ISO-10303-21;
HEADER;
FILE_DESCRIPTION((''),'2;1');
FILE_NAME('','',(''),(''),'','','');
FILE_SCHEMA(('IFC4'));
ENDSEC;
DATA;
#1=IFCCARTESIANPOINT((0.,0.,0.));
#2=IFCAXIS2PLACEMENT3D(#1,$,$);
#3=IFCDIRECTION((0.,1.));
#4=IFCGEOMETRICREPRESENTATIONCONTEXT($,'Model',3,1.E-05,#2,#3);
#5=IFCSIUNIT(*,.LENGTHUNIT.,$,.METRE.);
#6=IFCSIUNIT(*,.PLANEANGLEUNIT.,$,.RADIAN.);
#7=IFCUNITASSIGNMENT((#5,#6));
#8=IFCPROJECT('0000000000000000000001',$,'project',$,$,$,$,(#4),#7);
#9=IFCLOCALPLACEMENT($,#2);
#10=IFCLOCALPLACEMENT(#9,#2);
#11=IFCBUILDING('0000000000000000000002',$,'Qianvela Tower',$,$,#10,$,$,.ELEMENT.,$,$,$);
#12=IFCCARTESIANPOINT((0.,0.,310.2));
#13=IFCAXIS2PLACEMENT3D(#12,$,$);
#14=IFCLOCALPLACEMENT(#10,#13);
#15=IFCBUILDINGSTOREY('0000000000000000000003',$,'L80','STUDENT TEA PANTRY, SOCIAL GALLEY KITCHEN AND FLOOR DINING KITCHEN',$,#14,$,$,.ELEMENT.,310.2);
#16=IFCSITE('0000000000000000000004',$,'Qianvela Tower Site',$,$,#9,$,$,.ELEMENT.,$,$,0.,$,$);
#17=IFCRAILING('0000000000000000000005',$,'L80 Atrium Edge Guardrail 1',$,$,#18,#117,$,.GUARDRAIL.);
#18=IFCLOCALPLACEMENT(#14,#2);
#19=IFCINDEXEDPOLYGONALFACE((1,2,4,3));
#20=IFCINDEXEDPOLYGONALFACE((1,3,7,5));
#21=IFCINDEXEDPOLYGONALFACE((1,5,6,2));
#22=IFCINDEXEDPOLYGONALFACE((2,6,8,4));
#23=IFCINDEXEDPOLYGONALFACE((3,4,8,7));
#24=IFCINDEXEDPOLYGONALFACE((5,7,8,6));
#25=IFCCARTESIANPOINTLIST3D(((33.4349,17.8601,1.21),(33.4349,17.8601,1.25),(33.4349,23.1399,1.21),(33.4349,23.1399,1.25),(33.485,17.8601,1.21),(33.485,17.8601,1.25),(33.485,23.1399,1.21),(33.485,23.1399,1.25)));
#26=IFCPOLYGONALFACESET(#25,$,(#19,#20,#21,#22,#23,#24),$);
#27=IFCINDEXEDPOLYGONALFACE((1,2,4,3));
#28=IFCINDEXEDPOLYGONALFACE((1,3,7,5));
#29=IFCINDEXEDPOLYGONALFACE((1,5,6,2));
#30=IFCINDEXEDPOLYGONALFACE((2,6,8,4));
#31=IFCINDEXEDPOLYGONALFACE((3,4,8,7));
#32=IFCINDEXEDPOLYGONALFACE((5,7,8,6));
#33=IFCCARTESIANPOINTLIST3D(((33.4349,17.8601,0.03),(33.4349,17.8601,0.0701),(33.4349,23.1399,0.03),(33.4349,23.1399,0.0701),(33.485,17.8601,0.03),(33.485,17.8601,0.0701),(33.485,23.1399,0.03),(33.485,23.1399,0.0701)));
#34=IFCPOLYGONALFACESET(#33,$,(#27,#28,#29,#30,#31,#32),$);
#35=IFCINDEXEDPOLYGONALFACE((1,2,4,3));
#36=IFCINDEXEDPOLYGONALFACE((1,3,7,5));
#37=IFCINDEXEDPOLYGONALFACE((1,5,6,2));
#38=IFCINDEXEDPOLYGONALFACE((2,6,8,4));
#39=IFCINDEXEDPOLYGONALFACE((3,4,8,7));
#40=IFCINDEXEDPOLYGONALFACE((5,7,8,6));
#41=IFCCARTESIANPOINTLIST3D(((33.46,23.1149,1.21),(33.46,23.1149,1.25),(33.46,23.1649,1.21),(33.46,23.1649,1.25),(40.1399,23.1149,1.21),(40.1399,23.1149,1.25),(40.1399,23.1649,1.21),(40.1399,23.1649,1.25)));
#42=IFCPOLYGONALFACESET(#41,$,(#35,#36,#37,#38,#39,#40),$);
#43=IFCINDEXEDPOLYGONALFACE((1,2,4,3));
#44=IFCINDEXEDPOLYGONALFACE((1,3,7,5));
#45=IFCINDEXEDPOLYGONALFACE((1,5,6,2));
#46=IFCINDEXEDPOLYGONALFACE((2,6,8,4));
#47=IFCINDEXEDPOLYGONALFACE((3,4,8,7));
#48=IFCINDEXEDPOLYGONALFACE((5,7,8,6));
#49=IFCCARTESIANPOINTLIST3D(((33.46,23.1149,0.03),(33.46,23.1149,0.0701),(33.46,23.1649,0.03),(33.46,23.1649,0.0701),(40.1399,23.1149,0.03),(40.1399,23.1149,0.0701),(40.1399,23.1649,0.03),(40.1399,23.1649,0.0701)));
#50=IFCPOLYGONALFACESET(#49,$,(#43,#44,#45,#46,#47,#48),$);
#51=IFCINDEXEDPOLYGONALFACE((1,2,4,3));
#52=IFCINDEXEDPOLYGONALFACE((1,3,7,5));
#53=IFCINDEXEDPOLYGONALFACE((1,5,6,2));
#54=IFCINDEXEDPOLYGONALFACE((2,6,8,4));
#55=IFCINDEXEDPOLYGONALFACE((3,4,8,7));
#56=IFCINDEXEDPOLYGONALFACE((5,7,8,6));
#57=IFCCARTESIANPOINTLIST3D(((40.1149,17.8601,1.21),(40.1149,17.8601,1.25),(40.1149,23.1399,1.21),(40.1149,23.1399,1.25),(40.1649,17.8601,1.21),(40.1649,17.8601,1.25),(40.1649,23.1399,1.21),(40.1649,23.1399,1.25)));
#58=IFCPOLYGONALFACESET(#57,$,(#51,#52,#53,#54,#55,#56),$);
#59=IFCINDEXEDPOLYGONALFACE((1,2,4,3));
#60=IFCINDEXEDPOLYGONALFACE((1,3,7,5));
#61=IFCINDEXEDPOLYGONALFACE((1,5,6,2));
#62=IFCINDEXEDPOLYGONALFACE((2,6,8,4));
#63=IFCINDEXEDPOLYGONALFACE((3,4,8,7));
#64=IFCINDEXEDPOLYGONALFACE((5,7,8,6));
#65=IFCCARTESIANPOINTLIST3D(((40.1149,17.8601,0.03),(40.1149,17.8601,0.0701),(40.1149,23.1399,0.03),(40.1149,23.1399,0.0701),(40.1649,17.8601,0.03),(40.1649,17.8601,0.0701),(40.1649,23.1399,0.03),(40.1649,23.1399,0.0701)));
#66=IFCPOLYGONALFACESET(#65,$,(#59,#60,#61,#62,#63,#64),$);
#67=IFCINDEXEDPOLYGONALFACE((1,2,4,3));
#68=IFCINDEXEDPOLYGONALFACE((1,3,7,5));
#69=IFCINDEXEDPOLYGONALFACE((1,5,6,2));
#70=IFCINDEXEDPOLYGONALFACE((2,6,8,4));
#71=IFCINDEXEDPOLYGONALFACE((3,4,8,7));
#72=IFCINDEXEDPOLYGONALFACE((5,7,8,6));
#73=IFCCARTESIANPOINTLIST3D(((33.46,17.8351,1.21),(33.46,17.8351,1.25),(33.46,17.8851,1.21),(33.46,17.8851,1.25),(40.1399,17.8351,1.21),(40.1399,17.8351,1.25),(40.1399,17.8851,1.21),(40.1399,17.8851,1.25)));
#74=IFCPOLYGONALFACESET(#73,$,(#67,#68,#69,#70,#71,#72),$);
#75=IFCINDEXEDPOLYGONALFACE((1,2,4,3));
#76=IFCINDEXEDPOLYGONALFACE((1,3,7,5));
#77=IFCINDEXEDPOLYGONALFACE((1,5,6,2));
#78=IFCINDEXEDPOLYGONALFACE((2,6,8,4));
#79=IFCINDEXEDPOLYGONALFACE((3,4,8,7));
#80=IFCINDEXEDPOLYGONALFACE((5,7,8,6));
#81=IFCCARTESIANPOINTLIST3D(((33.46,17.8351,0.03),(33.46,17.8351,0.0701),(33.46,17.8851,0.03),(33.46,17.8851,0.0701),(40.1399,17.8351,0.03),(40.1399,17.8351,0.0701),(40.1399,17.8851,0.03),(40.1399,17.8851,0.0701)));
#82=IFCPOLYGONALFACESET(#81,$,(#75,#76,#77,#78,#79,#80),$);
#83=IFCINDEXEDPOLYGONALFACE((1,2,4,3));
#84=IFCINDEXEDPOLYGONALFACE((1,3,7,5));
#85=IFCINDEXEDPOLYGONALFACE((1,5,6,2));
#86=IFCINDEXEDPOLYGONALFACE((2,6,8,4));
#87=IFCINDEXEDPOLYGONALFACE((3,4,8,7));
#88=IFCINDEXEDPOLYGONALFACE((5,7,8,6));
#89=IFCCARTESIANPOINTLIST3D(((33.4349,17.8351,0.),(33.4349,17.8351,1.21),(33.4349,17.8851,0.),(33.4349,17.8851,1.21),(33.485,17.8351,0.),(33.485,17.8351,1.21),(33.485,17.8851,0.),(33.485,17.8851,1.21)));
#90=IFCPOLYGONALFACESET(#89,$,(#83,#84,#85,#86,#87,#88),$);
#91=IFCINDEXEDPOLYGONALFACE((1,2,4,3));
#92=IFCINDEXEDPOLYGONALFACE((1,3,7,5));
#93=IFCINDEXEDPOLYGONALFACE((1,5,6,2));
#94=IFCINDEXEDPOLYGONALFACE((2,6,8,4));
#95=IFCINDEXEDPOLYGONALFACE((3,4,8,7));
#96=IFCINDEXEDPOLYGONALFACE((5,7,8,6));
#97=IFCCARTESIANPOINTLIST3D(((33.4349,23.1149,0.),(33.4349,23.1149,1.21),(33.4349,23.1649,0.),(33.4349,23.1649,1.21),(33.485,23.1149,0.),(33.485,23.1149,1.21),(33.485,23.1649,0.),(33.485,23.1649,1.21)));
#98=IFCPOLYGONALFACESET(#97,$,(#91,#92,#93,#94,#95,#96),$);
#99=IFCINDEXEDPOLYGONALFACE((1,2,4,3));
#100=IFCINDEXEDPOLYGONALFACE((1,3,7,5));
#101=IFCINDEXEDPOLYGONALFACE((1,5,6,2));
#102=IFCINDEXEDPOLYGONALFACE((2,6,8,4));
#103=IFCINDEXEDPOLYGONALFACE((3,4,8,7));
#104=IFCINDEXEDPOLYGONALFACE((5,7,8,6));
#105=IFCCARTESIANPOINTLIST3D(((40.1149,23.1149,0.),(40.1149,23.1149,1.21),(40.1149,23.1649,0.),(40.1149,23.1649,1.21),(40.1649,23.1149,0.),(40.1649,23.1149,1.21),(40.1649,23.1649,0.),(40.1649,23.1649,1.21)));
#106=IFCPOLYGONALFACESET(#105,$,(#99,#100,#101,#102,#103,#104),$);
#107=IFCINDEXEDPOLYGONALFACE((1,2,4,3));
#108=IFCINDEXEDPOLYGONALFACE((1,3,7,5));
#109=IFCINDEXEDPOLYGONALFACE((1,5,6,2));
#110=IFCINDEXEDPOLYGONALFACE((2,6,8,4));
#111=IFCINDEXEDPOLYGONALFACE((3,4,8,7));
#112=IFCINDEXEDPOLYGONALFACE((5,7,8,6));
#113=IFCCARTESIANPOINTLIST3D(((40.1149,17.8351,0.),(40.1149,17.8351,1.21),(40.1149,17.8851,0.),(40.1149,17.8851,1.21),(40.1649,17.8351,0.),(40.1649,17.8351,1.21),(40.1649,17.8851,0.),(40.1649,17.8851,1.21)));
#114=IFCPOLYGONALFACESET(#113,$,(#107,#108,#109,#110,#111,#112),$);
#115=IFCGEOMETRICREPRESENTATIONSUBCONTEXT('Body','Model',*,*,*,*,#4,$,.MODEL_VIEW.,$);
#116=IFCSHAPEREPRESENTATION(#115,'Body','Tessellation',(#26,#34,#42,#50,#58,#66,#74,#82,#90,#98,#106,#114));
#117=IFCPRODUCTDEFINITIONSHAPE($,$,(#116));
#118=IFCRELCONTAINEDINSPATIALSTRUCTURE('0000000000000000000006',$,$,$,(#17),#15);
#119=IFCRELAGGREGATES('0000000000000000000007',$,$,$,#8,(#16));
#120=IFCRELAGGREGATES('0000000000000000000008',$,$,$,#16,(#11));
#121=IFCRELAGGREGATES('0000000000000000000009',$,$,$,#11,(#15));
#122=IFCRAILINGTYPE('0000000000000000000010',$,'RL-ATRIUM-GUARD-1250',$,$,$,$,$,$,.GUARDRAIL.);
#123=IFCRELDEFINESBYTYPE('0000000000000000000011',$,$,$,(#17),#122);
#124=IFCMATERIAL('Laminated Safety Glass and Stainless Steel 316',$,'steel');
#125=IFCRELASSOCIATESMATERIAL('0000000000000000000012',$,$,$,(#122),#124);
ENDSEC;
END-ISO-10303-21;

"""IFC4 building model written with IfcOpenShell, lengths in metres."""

from ifc_helpers import new_model, si_unit, direction, frame, origin, origin_2d, place, context, subcontext, project, spatial, rectangle, extrude, material, type_object, element, save


model = new_model("IFC4")

# Units and contexts
model_context = context("Model", 3, precision=1e-05, world=origin(), true_north=direction((0.0, 1.0)))
body_context = subcontext(model_context, "Body", "Model", "MODEL_VIEW")
ifc_project = project(units=[si_unit("LENGTHUNIT", "METRE"), si_unit("PLANEANGLEUNIT", "RADIAN")], contexts=[model_context])

# Site, building, storey
site_placement = place(None, origin())
site = spatial("IfcSite", under=ifc_project, at=site_placement, Name="Qianvela Tower Site", CompositionType="ELEMENT", RefElevation=0.0)
building_placement = place(site_placement, origin())
building = spatial("IfcBuilding", under=site, at=building_placement, Name="Qianvela Tower", CompositionType="ELEMENT")
storey_placement = place(building_placement, frame((0.0, 0.0, 310.2)))
storey = spatial("IfcBuildingStorey", under=building, at=storey_placement, Name="L80", Description="STUDENT TEA PANTRY, SOCIAL GALLEY KITCHEN AND FLOOR DINING KITCHEN", CompositionType="ELEMENT", Elevation=310.2)

# Railing
ifc_material_1 = material(Name="Laminated Safety Glass and Stainless Steel 316", Category="steel")
railing_type = type_object("IfcRailingType", Name="RL-ATRIUM-GUARD-1250", PredefinedType="GUARDRAIL", material=ifc_material_1)
railing_placement = place(storey_placement, frame((33.46, 17.8601, 0.0)))
element("IfcRailing", 1, at=railing_placement, inside=storey, type_object=railing_type, Name="L80 Atrium Edge Guardrail 1", PredefinedType="GUARDRAIL", context=body_context, shape_type="SweptSolid", body=[
    extrude(rectangle(XDim=0.05, YDim=0.04, at=origin_2d()), frame((0.0, 0.0, 1.23), z_axis=(0.0, 1.0, 0.0), x_axis=(-1.0, 0.0, 0.0)), (0.0, 0.0, 1.0), 5.2798),
    extrude(rectangle(XDim=0.05, YDim=0.04, at=origin_2d()), frame((0.0, 0.0, 0.05), z_axis=(0.0, 1.0, 0.0), x_axis=(-1.0, 0.0, 0.0)), (0.0, 0.0, 1.0), 5.2798),
    extrude(rectangle(XDim=0.05, YDim=0.04, at=origin_2d()), frame((0.0, 5.2798, 1.23), z_axis=(1.0, 0.0, 0.0), x_axis=(0.0, 1.0, 0.0)), (0.0, 0.0, 1.0), 6.6799),
    extrude(rectangle(XDim=0.05, YDim=0.04, at=origin_2d()), frame((0.0, 5.2798, 0.05), z_axis=(1.0, 0.0, 0.0), x_axis=(0.0, 1.0, 0.0)), (0.0, 0.0, 1.0), 6.6799),
    extrude(rectangle(XDim=0.05, YDim=0.04, at=origin_2d()), frame((6.6799, 5.2798, 1.23), z_axis=(0.0, -1.0, 0.0), x_axis=(1.0, 0.0, 0.0)), (0.0, 0.0, 1.0), 5.2798),
    extrude(rectangle(XDim=0.05, YDim=0.04, at=origin_2d()), frame((6.6799, 5.2798, 0.05), z_axis=(0.0, -1.0, 0.0), x_axis=(1.0, 0.0, 0.0)), (0.0, 0.0, 1.0), 5.2798),
    extrude(rectangle(XDim=0.05, YDim=0.04, at=origin_2d()), frame((6.6799, 0.0, 1.23), z_axis=(-1.0, 0.0, 0.0), x_axis=(0.0, -1.0, 0.0)), (0.0, 0.0, 1.0), 6.6799),
    extrude(rectangle(XDim=0.05, YDim=0.04, at=origin_2d()), frame((6.6799, 0.0, 0.05), z_axis=(-1.0, 0.0, 0.0), x_axis=(0.0, -1.0, 0.0)), (0.0, 0.0, 1.0), 6.6799),
    extrude(rectangle(XDim=0.05, YDim=0.05, at=origin_2d()), origin(), (0.0, 0.0, 1.0), 1.21),
    extrude(rectangle(XDim=0.05, YDim=0.05, at=origin_2d()), frame((0.0, 5.2798, 0.0)), (0.0, 0.0, 1.0), 1.21),
    extrude(rectangle(XDim=0.05, YDim=0.05, at=origin_2d()), frame((6.6799, 5.2798, 0.0)), (0.0, 0.0, 1.0), 1.21),
    extrude(rectangle(XDim=0.05, YDim=0.05, at=origin_2d()), frame((6.6799, 0.0, 0.0)), (0.0, 0.0, 1.0), 1.21),
])

save(model, "model.ifc")
